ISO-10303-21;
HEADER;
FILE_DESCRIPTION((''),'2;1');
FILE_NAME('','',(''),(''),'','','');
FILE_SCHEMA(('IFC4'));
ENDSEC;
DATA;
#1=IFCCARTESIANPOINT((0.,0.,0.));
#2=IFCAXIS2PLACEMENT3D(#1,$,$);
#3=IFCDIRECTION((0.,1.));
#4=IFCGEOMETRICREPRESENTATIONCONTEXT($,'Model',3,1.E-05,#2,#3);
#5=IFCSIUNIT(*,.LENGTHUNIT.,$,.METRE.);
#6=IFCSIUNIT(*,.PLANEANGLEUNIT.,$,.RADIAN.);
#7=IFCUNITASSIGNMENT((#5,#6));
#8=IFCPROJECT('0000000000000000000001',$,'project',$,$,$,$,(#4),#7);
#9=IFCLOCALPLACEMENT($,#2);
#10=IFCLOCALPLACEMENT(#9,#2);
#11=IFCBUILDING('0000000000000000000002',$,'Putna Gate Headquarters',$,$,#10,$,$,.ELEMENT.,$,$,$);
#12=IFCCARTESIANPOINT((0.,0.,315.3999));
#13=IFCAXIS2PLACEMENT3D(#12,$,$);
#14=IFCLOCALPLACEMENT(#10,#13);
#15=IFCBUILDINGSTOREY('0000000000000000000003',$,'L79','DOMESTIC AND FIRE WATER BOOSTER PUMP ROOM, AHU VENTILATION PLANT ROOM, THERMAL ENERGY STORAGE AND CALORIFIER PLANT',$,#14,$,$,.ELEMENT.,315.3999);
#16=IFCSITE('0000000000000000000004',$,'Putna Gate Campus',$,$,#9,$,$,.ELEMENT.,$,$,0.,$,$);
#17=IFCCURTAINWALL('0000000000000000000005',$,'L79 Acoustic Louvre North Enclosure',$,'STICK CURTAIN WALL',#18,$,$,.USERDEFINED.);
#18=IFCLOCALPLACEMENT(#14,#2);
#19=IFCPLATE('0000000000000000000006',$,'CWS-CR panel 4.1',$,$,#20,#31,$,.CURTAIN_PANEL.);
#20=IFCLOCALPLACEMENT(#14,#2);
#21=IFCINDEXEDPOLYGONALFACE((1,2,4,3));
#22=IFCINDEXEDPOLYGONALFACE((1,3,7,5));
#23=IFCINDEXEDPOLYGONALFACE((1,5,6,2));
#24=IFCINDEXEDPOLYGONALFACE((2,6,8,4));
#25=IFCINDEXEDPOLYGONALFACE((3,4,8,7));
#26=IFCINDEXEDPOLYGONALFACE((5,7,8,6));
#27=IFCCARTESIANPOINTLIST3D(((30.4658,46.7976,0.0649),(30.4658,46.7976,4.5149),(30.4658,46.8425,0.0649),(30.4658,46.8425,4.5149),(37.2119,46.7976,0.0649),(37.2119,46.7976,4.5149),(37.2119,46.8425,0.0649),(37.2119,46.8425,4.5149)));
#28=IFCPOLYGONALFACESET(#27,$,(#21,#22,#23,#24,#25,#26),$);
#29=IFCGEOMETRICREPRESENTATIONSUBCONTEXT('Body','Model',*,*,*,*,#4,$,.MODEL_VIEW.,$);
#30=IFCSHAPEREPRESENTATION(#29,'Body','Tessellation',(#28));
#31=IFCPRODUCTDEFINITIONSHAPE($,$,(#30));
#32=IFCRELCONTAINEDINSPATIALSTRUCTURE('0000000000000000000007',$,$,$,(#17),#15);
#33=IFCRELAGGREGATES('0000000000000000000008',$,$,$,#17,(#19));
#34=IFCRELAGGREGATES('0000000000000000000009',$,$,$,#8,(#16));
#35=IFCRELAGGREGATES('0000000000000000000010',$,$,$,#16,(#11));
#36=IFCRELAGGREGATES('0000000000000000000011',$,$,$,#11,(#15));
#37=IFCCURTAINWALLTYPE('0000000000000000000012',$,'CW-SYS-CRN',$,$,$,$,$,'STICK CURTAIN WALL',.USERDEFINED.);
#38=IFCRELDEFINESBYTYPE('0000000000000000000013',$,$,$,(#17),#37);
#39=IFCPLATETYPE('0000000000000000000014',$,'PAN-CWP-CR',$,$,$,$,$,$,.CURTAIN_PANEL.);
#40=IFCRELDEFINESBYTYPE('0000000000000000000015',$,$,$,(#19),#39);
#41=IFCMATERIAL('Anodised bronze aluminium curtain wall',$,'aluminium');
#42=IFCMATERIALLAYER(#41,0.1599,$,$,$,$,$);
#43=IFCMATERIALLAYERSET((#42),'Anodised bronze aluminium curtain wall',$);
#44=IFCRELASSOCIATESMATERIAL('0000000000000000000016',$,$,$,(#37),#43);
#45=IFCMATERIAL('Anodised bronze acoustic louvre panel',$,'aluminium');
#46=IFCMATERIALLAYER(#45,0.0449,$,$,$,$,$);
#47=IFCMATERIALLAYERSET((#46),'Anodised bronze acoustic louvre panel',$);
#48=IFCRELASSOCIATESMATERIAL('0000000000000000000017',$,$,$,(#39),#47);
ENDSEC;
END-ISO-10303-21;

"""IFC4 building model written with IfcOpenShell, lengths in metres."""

from ifc_helpers import new_model, si_unit, direction, frame, origin, origin_2d, place, context, subcontext, project, spatial, rectangle, extrude, material, layer, layer_set, type_object, element, aggregate, save


model = new_model("IFC4")

# Units and contexts
model_context = context("Model", 3, precision=1e-05, world=origin(), true_north=direction((0.0, 1.0)))
body_context = subcontext(model_context, "Body", "Model", "MODEL_VIEW")
ifc_project = project(units=[si_unit("LENGTHUNIT", "METRE"), si_unit("PLANEANGLEUNIT", "RADIAN")], contexts=[model_context])

# Site, building, storey
site_placement = place(None, origin())
site = spatial("IfcSite", under=ifc_project, at=site_placement, Name="Putna Gate Campus", CompositionType="ELEMENT", RefElevation=0.0)
building_placement = place(site_placement, origin())
building = spatial("IfcBuilding", under=site, at=building_placement, Name="Putna Gate Headquarters", CompositionType="ELEMENT")
storey_placement = place(building_placement, frame((0.0, 0.0, 315.3999)))
storey = spatial("IfcBuildingStorey", under=building, at=storey_placement, Name="L79", Description="DOMESTIC AND FIRE WATER BOOSTER PUMP ROOM, AHU VENTILATION PLANT ROOM, THERMAL ENERGY STORAGE AND CALORIFIER PLANT", CompositionType="ELEMENT", Elevation=315.3999)

# Curtain wall, plate
ifc_material_1 = material(Name="Anodised bronze aluminium curtain wall", Category="aluminium")
ifc_layer_1 = layer(ifc_material_1, 0.1599)
ifc_layer_set_1 = layer_set([ifc_layer_1], Name="Anodised bronze aluminium curtain wall")
curtain_wall_type = type_object("IfcCurtainWallType", Name="CW-SYS-CRN", ElementType="STICK CURTAIN WALL", PredefinedType="USERDEFINED", material=ifc_layer_set_1)
curtain_wall_placement = place(storey_placement, origin())
curtain_wall = element("IfcCurtainWall", 1, at=curtain_wall_placement, inside=storey, type_object=curtain_wall_type, Name="L79 Acoustic Louvre North Enclosure", ObjectType="STICK CURTAIN WALL", PredefinedType="USERDEFINED")
ifc_material_2 = material(Name="Anodised bronze acoustic louvre panel", Category="aluminium")
ifc_layer_2 = layer(ifc_material_2, 0.0449)
ifc_layer_set_2 = layer_set([ifc_layer_2], Name="Anodised bronze acoustic louvre panel")
plate_type = type_object("IfcPlateType", Name="PAN-CWP-CR", PredefinedType="CURTAIN_PANEL", material=ifc_layer_set_2)
plate_1_placement = place(storey_placement, frame((33.8389, 46.8201, 0.0649), z_axis=(0.0, 0.0, 1.0), x_axis=(1.0, 0.0, 0.0)))
plate_1 = element("IfcPlate", 2, at=plate_1_placement, type_object=plate_type, Name="CWS-CR panel 4.1", PredefinedType="CURTAIN_PANEL", context=body_context, shape_type="SweptSolid", body=[
    extrude(rectangle(XDim=6.7461, YDim=0.0449, at=origin_2d()), origin(), (0.0, 0.0, 1.0), 4.45),
])
aggregate(curtain_wall, [plate_1])

save(model, "model.ifc")
